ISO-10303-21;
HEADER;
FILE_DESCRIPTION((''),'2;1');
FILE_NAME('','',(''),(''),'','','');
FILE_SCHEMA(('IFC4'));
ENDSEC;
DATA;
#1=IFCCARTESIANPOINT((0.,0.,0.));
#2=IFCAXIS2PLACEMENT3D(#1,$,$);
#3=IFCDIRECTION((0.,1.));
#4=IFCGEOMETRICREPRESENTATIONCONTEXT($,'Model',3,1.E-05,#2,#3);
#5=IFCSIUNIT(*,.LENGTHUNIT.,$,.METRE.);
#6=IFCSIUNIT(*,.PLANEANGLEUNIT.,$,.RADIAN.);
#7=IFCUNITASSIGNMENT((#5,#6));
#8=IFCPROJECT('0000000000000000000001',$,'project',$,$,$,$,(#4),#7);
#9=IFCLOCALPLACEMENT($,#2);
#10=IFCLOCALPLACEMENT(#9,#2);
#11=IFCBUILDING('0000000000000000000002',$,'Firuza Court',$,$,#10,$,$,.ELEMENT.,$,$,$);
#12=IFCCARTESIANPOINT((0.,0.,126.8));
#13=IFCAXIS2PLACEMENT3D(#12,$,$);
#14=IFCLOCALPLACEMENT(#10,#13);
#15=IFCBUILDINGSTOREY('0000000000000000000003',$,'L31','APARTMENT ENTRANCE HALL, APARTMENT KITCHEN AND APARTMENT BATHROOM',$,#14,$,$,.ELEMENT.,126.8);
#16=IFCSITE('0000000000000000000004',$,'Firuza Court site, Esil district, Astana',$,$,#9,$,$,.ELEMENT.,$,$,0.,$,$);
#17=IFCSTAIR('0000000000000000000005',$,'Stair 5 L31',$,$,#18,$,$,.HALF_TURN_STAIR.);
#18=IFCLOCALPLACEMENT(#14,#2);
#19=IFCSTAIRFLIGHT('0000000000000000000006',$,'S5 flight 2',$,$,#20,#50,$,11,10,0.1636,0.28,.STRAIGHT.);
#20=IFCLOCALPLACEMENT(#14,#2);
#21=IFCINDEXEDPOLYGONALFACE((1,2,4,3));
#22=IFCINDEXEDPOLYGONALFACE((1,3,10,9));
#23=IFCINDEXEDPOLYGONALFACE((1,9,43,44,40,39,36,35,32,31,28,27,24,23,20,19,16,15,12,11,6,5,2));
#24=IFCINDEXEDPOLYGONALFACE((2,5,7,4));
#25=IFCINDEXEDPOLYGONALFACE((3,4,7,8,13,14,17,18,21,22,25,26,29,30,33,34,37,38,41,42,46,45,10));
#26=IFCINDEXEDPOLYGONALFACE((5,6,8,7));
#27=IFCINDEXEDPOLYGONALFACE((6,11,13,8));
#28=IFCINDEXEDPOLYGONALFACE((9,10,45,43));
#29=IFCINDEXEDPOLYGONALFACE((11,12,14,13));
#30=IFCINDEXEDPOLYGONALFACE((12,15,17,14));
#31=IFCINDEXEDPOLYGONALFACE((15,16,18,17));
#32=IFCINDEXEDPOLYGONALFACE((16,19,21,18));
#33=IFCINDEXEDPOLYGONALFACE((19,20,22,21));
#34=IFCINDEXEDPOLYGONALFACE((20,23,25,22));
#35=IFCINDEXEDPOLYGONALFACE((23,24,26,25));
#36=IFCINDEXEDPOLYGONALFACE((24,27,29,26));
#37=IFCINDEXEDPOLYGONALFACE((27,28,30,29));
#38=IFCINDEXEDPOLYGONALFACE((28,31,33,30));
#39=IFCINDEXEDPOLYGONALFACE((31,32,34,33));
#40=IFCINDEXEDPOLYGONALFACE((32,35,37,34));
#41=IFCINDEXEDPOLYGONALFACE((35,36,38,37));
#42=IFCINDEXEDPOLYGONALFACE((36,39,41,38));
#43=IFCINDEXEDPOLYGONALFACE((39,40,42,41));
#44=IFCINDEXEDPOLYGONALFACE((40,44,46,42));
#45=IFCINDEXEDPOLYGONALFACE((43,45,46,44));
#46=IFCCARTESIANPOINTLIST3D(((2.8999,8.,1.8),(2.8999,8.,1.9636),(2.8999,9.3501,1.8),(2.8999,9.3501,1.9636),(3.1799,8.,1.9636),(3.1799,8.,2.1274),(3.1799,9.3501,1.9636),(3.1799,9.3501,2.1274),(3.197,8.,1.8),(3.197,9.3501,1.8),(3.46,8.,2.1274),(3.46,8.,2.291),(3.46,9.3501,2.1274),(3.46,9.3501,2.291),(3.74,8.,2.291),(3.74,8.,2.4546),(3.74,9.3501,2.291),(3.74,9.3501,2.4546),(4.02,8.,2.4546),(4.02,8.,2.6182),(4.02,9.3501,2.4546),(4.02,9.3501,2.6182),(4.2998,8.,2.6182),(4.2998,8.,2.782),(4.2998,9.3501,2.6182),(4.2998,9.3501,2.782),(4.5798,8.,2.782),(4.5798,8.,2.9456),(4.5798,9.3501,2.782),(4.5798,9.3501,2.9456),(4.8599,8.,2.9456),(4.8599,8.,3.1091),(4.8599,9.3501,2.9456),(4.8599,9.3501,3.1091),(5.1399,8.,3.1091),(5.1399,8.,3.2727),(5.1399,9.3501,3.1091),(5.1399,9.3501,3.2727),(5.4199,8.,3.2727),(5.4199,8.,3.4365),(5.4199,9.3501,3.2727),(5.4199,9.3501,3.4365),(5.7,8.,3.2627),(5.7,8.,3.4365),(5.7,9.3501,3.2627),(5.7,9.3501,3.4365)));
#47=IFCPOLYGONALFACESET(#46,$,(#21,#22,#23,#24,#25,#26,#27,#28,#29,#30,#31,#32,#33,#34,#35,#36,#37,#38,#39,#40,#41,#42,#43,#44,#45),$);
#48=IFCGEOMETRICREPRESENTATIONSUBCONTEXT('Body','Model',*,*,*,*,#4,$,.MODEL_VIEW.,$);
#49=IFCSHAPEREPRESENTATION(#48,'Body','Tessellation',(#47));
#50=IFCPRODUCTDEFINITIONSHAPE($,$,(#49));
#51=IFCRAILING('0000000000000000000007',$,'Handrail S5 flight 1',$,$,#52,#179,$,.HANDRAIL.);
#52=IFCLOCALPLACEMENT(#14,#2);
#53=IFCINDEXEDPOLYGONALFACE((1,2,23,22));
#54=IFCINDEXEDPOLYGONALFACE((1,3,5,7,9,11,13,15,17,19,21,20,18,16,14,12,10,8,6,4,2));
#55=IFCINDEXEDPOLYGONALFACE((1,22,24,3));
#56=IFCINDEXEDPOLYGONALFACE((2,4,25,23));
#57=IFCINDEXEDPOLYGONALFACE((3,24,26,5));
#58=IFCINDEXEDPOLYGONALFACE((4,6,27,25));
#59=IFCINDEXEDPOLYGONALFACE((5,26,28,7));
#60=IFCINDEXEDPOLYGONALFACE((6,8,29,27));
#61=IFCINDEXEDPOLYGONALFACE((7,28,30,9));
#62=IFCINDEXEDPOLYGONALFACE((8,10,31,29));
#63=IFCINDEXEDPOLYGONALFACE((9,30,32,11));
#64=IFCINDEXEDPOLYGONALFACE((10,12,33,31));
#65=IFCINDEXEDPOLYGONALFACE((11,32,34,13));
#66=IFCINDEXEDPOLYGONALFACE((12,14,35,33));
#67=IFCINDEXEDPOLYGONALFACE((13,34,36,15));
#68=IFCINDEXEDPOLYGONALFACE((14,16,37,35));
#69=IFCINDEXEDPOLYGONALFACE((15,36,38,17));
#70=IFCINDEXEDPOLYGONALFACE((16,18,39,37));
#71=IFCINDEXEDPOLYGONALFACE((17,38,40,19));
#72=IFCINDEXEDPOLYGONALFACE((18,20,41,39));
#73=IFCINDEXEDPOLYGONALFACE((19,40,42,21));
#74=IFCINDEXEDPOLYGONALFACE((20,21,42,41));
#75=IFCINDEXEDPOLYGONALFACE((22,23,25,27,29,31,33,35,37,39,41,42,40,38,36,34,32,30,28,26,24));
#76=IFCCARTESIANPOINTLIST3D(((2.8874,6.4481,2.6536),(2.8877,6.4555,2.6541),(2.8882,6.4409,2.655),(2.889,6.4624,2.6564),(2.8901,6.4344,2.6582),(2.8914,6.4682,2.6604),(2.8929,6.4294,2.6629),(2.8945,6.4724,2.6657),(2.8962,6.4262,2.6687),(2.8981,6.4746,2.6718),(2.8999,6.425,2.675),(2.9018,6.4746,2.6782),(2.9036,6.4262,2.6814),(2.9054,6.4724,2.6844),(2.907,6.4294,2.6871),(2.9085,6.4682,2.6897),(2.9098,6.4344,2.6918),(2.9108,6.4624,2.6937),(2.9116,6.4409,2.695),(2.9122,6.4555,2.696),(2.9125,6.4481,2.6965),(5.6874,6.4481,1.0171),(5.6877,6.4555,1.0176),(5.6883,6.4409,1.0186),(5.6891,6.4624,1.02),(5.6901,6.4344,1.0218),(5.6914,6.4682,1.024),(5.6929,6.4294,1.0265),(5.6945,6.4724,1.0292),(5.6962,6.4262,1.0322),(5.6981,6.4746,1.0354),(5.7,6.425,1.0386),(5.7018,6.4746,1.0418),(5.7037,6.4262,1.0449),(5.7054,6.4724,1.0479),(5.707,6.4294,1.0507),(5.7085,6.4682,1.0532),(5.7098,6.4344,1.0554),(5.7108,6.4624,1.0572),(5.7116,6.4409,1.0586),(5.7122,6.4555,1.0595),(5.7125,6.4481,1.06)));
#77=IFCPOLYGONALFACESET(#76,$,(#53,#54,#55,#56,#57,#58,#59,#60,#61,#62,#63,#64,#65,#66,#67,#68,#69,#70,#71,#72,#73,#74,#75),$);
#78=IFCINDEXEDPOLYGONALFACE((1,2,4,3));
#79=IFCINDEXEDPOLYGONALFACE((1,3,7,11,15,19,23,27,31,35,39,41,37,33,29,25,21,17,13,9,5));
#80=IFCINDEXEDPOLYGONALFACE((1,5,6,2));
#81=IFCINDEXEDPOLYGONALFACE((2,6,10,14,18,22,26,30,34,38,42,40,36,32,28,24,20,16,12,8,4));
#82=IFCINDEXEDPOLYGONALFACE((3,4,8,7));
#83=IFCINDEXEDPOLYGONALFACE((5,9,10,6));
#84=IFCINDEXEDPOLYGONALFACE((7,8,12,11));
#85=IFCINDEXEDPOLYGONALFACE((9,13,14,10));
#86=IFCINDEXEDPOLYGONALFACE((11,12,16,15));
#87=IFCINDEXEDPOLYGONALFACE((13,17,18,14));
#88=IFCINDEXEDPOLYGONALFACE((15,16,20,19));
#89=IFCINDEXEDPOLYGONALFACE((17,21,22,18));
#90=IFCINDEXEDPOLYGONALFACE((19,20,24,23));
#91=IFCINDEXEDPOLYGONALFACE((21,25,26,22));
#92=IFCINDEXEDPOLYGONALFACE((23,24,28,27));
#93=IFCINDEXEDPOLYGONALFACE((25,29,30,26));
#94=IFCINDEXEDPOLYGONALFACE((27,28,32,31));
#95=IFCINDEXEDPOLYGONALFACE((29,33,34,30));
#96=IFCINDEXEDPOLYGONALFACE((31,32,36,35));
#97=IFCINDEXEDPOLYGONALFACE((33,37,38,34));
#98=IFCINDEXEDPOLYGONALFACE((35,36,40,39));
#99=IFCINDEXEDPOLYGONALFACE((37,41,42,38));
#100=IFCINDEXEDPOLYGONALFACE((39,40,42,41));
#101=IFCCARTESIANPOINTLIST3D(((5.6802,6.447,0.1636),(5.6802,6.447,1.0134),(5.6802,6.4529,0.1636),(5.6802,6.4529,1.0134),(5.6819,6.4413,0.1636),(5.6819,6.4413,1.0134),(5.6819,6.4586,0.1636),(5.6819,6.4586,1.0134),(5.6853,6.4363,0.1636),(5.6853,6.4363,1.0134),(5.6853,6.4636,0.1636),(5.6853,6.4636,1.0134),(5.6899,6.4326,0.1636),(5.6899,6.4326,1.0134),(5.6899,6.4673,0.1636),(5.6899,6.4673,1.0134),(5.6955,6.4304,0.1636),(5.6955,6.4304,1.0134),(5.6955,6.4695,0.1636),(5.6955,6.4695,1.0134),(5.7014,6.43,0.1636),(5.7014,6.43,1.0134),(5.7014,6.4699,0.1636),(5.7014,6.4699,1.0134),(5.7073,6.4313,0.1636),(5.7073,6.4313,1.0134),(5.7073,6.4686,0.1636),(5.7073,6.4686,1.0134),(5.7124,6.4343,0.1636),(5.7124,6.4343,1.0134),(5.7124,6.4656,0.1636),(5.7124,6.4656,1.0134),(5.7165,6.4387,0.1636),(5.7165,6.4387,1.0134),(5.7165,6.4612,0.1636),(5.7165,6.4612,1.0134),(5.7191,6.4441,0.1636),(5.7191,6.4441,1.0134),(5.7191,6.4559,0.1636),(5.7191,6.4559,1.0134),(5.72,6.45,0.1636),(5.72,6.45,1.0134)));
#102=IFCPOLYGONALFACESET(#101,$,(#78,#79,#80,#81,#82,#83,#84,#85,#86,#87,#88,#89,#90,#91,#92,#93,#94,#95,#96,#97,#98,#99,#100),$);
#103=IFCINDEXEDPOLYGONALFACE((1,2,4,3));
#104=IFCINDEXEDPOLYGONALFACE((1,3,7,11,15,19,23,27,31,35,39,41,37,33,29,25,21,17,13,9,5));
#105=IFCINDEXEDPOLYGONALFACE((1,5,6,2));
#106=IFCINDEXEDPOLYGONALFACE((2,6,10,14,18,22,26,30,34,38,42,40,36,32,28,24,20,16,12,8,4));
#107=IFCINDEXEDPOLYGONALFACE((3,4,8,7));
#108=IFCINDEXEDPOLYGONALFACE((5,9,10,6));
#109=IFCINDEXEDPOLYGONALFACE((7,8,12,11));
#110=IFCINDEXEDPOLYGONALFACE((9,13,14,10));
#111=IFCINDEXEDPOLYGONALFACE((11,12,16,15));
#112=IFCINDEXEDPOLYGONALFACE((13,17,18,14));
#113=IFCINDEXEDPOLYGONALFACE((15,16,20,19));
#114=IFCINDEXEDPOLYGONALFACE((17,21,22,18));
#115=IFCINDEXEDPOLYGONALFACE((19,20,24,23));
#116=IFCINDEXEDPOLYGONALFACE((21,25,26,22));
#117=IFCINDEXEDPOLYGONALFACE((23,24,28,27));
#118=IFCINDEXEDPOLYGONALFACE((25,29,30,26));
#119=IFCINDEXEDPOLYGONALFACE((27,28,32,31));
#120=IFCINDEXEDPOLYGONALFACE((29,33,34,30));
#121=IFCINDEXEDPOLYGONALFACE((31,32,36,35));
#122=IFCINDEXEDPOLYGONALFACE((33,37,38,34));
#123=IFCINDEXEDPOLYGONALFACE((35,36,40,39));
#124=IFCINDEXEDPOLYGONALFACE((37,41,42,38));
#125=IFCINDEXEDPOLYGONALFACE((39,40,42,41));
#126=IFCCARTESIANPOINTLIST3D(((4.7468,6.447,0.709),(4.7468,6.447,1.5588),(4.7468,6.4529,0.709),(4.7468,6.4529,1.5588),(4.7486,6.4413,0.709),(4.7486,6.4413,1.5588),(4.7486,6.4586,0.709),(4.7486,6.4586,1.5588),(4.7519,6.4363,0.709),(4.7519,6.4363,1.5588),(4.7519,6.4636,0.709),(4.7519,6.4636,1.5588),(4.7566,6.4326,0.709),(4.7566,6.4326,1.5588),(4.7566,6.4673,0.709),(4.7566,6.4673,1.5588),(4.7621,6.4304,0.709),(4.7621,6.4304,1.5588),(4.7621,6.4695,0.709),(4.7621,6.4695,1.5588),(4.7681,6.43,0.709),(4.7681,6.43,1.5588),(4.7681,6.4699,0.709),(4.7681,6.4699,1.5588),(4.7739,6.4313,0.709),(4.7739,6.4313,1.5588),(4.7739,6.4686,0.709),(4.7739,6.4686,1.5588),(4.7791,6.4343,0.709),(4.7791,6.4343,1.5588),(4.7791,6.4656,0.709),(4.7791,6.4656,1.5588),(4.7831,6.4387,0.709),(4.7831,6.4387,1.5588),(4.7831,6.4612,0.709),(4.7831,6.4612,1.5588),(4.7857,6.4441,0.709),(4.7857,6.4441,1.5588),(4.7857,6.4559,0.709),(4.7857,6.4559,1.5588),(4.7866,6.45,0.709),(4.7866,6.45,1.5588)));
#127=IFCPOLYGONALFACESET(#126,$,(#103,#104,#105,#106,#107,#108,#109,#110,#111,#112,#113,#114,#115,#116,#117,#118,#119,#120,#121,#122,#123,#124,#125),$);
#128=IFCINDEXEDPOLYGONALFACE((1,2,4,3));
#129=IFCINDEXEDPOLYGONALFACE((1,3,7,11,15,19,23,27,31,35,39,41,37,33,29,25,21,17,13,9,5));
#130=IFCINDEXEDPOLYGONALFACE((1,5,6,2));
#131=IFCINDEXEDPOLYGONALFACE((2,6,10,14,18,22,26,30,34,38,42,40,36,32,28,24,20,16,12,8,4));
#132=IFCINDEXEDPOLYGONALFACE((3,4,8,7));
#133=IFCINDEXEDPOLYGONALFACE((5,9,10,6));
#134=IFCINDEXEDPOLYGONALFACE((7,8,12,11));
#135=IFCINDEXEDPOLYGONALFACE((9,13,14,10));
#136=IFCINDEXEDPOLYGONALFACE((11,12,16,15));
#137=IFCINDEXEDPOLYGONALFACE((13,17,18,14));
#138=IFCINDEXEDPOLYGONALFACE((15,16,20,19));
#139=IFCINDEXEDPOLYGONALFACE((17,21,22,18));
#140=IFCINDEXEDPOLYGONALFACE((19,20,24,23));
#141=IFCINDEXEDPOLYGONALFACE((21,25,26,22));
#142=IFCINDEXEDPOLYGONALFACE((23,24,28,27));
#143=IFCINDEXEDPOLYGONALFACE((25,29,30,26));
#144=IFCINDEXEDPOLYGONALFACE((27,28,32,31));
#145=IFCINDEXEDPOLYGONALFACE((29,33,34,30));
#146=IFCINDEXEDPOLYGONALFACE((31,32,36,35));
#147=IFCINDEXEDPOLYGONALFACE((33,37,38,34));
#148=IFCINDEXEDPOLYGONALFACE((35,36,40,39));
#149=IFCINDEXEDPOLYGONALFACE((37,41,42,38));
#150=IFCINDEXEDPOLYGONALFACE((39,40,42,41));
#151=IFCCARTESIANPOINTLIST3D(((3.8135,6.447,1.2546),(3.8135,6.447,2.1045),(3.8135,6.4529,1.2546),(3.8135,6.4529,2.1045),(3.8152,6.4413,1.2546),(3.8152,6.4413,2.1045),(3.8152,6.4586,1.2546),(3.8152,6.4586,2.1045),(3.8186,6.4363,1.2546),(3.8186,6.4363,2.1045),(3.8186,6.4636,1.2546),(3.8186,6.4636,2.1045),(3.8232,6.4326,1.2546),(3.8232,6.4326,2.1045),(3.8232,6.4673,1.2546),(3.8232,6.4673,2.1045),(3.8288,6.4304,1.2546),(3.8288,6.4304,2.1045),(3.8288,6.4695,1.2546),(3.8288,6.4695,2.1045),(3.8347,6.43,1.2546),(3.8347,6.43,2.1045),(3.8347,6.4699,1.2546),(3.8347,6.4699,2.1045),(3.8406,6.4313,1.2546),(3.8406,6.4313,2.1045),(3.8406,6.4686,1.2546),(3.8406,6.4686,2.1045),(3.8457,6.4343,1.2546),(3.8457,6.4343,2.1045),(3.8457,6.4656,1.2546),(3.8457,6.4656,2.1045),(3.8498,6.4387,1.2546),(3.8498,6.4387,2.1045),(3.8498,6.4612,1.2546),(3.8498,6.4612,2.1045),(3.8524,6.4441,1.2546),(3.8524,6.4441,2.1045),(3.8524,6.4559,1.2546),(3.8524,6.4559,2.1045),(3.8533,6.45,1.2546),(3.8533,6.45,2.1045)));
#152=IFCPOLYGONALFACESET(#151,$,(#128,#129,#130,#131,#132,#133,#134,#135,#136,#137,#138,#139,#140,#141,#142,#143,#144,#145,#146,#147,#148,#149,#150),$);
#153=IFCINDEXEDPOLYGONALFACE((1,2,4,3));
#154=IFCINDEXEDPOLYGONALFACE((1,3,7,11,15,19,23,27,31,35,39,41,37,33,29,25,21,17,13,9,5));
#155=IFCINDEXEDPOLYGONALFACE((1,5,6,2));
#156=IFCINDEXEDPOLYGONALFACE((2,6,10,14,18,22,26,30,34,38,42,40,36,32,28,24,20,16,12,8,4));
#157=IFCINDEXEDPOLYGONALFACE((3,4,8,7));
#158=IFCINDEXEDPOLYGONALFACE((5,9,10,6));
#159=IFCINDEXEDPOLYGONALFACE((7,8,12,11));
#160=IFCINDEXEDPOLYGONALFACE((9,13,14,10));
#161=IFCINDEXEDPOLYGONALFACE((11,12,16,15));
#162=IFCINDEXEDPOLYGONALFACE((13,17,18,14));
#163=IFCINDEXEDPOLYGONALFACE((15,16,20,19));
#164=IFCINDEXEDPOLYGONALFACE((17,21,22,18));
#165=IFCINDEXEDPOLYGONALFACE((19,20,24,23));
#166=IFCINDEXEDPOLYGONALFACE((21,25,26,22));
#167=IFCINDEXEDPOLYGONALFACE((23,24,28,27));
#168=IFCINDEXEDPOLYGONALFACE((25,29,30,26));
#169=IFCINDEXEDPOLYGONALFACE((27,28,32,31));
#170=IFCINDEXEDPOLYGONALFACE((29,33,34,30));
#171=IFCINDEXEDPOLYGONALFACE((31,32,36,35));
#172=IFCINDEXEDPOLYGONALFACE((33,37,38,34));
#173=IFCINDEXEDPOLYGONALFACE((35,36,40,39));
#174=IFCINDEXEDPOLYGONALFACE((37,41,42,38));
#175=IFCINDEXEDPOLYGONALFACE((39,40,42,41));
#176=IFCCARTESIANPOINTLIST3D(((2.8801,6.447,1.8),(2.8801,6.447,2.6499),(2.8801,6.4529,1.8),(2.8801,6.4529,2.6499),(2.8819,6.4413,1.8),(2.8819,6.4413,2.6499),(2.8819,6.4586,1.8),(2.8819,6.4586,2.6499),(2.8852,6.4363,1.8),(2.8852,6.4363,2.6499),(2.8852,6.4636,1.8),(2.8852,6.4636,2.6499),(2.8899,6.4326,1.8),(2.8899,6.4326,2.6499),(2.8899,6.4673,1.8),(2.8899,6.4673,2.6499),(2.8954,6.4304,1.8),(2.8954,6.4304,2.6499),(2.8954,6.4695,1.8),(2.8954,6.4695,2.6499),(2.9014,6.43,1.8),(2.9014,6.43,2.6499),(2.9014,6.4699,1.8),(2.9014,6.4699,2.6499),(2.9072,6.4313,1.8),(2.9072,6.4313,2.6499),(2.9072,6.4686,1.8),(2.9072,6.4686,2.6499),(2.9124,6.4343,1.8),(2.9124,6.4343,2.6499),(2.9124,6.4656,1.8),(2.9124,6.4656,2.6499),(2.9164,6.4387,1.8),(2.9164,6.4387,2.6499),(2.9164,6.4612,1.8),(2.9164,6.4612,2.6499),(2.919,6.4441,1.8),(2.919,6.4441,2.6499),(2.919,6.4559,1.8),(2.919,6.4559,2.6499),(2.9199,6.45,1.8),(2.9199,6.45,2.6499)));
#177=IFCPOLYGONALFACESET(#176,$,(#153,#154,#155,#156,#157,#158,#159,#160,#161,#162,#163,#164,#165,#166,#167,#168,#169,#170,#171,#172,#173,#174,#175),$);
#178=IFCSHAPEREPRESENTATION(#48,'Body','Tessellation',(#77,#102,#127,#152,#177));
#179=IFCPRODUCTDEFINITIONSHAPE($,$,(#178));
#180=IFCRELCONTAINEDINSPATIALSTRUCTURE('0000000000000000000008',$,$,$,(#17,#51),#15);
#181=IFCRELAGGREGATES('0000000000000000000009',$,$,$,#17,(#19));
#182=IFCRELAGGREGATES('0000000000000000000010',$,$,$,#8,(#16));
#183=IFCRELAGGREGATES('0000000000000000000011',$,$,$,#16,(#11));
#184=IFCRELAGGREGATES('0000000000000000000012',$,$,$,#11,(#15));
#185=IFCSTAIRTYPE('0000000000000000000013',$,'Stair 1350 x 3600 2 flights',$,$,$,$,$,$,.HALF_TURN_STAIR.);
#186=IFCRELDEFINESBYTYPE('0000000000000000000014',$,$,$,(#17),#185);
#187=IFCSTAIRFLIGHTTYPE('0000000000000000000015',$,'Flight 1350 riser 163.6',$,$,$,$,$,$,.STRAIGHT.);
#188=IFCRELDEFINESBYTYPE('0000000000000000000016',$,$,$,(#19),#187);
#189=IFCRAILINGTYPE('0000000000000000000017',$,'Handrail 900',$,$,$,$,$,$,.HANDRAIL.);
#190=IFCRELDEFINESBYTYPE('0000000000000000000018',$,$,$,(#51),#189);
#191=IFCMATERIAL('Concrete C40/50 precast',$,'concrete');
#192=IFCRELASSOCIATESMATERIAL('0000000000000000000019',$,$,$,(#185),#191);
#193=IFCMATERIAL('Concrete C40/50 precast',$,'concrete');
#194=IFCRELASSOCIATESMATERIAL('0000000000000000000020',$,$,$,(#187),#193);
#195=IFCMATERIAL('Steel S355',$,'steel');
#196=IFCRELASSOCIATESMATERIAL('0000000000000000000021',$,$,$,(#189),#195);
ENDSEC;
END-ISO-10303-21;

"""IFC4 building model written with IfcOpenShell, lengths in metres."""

from ifc_helpers import new_model, si_unit, direction, frame, origin, origin_2d, place, context, subcontext, project, spatial, polyline, circle, outline, extrude, material, type_object, element, aggregate, save


model = new_model("IFC4")

# Units and contexts
model_context = context("Model", 3, precision=1e-05, world=origin(), true_north=direction((0.0, 1.0)))
body_context = subcontext(model_context, "Body", "Model", "MODEL_VIEW")
ifc_project = project(units=[si_unit("LENGTHUNIT", "METRE"), si_unit("PLANEANGLEUNIT", "RADIAN")], contexts=[model_context])

# Site, building, storey
site_placement = place(None, origin())
site = spatial("IfcSite", under=ifc_project, at=site_placement, Name="Firuza Court site, Esil district, Astana", CompositionType="ELEMENT", RefElevation=0.0)
building_placement = place(site_placement, origin())
building = spatial("IfcBuilding", under=site, at=building_placement, Name="Firuza Court", CompositionType="ELEMENT")
storey_placement = place(building_placement, frame((0.0, 0.0, 126.8)))
storey = spatial("IfcBuildingStorey", under=building, at=storey_placement, Name="L31", Description="APARTMENT ENTRANCE HALL, APARTMENT KITCHEN AND APARTMENT BATHROOM", CompositionType="ELEMENT", Elevation=126.8)

# Stair, stair flight
ifc_material_1 = material(Name="Concrete C40/50 precast", Category="concrete")
stair_type = type_object("IfcStairType", Name="Stair 1350 x 3600 2 flights", PredefinedType="HALF_TURN_STAIR", material=ifc_material_1)
stair_placement = place(storey_placement, origin())
stair = element("IfcStair", 1, at=stair_placement, inside=storey, type_object=stair_type, Name="Stair 5 L31", PredefinedType="HALF_TURN_STAIR")
ifc_material_2 = material(Name="Concrete C40/50 precast", Category="concrete")
stair_flight_type = type_object("IfcStairFlightType", Name="Flight 1350 riser 163.6", PredefinedType="STRAIGHT", material=ifc_material_2)
stair_flight_1_placement = place(storey_placement, frame((2.8999, 8.675, 1.8), z_axis=(0.0, 0.0, 1.0), x_axis=(1.0, 0.0, 0.0)))
stair_flight_1 = element("IfcStairFlight", 2, at=stair_flight_1_placement, type_object=stair_flight_type, Name="S5 flight 2", NumberOfRisers=11, NumberOfTreads=10, PredefinedType="STRAIGHT", RiserHeight=0.1636, TreadLength=0.28, context=body_context, shape_type="SweptSolid", body=[
    extrude(outline(polyline([(0.0, 0.0), (0.0, 0.1636), (0.28, 0.1636), (0.28, 0.3274), (0.5601, 0.3274), (0.5601, 0.491), (0.8401, 0.491), (0.8401, 0.6545), (1.1201, 0.6545), (1.1201, 0.8181), (1.3999, 0.8181), (1.3999, 0.9819), (1.6799, 0.9819), (1.6799, 1.1455), (1.96, 1.1455), (1.96, 1.3091), (2.24, 1.3091), (2.24, 1.4727), (2.52, 1.4727), (2.52, 1.6365), (2.8, 1.6365), (2.8, 1.8), (2.8, 1.4626), (0.2971, 0.0), (0.0, 0.0)])), frame((0.0, 0.675, 0.0), z_axis=(0.0, -1.0, 0.0), x_axis=(1.0, 0.0, 0.0)), (0.0, 0.0, 1.0), 1.3501),
])
aggregate(stair, [stair_flight_1])

# Railing
ifc_material_3 = material(Name="Steel S355", Category="steel")
railing_type_1 = type_object("IfcRailingType", Name="Handrail 900", PredefinedType="HANDRAIL", material=ifc_material_3)
railing_1_placement = place(storey_placement, frame((5.7, 6.45, 0.1636)))
element("IfcRailing", 3, at=railing_1_placement, inside=storey, type_object=railing_type_1, Name="Handrail S5 flight 1", PredefinedType="HANDRAIL", context=body_context, shape_type="SweptSolid", body=[
    extrude(circle(Radius=0.0249, at=origin_2d()), frame((0.0, 0.0, 0.875), z_axis=(-0.863361, 0.0, 0.504587), x_axis=(0.0, -1.0, 0.0)), (0.0, 0.0, 1.0), 3.2432),
    extrude(circle(Radius=0.02, at=origin_2d()), origin(), (0.0, 0.0, 1.0), 0.8499),
    extrude(circle(Radius=0.02, at=origin_2d()), frame((-0.9333, 0.0, 0.5454)), (0.0, 0.0, 1.0), 0.8499),
    extrude(circle(Radius=0.02, at=origin_2d()), frame((-1.8667, 0.0, 1.0911)), (0.0, 0.0, 1.0), 0.8499),
    extrude(circle(Radius=0.02, at=origin_2d()), frame((-2.8, 0.0, 1.6365)), (0.0, 0.0, 1.0), 0.8499),
])

save(model, "model.ifc")
